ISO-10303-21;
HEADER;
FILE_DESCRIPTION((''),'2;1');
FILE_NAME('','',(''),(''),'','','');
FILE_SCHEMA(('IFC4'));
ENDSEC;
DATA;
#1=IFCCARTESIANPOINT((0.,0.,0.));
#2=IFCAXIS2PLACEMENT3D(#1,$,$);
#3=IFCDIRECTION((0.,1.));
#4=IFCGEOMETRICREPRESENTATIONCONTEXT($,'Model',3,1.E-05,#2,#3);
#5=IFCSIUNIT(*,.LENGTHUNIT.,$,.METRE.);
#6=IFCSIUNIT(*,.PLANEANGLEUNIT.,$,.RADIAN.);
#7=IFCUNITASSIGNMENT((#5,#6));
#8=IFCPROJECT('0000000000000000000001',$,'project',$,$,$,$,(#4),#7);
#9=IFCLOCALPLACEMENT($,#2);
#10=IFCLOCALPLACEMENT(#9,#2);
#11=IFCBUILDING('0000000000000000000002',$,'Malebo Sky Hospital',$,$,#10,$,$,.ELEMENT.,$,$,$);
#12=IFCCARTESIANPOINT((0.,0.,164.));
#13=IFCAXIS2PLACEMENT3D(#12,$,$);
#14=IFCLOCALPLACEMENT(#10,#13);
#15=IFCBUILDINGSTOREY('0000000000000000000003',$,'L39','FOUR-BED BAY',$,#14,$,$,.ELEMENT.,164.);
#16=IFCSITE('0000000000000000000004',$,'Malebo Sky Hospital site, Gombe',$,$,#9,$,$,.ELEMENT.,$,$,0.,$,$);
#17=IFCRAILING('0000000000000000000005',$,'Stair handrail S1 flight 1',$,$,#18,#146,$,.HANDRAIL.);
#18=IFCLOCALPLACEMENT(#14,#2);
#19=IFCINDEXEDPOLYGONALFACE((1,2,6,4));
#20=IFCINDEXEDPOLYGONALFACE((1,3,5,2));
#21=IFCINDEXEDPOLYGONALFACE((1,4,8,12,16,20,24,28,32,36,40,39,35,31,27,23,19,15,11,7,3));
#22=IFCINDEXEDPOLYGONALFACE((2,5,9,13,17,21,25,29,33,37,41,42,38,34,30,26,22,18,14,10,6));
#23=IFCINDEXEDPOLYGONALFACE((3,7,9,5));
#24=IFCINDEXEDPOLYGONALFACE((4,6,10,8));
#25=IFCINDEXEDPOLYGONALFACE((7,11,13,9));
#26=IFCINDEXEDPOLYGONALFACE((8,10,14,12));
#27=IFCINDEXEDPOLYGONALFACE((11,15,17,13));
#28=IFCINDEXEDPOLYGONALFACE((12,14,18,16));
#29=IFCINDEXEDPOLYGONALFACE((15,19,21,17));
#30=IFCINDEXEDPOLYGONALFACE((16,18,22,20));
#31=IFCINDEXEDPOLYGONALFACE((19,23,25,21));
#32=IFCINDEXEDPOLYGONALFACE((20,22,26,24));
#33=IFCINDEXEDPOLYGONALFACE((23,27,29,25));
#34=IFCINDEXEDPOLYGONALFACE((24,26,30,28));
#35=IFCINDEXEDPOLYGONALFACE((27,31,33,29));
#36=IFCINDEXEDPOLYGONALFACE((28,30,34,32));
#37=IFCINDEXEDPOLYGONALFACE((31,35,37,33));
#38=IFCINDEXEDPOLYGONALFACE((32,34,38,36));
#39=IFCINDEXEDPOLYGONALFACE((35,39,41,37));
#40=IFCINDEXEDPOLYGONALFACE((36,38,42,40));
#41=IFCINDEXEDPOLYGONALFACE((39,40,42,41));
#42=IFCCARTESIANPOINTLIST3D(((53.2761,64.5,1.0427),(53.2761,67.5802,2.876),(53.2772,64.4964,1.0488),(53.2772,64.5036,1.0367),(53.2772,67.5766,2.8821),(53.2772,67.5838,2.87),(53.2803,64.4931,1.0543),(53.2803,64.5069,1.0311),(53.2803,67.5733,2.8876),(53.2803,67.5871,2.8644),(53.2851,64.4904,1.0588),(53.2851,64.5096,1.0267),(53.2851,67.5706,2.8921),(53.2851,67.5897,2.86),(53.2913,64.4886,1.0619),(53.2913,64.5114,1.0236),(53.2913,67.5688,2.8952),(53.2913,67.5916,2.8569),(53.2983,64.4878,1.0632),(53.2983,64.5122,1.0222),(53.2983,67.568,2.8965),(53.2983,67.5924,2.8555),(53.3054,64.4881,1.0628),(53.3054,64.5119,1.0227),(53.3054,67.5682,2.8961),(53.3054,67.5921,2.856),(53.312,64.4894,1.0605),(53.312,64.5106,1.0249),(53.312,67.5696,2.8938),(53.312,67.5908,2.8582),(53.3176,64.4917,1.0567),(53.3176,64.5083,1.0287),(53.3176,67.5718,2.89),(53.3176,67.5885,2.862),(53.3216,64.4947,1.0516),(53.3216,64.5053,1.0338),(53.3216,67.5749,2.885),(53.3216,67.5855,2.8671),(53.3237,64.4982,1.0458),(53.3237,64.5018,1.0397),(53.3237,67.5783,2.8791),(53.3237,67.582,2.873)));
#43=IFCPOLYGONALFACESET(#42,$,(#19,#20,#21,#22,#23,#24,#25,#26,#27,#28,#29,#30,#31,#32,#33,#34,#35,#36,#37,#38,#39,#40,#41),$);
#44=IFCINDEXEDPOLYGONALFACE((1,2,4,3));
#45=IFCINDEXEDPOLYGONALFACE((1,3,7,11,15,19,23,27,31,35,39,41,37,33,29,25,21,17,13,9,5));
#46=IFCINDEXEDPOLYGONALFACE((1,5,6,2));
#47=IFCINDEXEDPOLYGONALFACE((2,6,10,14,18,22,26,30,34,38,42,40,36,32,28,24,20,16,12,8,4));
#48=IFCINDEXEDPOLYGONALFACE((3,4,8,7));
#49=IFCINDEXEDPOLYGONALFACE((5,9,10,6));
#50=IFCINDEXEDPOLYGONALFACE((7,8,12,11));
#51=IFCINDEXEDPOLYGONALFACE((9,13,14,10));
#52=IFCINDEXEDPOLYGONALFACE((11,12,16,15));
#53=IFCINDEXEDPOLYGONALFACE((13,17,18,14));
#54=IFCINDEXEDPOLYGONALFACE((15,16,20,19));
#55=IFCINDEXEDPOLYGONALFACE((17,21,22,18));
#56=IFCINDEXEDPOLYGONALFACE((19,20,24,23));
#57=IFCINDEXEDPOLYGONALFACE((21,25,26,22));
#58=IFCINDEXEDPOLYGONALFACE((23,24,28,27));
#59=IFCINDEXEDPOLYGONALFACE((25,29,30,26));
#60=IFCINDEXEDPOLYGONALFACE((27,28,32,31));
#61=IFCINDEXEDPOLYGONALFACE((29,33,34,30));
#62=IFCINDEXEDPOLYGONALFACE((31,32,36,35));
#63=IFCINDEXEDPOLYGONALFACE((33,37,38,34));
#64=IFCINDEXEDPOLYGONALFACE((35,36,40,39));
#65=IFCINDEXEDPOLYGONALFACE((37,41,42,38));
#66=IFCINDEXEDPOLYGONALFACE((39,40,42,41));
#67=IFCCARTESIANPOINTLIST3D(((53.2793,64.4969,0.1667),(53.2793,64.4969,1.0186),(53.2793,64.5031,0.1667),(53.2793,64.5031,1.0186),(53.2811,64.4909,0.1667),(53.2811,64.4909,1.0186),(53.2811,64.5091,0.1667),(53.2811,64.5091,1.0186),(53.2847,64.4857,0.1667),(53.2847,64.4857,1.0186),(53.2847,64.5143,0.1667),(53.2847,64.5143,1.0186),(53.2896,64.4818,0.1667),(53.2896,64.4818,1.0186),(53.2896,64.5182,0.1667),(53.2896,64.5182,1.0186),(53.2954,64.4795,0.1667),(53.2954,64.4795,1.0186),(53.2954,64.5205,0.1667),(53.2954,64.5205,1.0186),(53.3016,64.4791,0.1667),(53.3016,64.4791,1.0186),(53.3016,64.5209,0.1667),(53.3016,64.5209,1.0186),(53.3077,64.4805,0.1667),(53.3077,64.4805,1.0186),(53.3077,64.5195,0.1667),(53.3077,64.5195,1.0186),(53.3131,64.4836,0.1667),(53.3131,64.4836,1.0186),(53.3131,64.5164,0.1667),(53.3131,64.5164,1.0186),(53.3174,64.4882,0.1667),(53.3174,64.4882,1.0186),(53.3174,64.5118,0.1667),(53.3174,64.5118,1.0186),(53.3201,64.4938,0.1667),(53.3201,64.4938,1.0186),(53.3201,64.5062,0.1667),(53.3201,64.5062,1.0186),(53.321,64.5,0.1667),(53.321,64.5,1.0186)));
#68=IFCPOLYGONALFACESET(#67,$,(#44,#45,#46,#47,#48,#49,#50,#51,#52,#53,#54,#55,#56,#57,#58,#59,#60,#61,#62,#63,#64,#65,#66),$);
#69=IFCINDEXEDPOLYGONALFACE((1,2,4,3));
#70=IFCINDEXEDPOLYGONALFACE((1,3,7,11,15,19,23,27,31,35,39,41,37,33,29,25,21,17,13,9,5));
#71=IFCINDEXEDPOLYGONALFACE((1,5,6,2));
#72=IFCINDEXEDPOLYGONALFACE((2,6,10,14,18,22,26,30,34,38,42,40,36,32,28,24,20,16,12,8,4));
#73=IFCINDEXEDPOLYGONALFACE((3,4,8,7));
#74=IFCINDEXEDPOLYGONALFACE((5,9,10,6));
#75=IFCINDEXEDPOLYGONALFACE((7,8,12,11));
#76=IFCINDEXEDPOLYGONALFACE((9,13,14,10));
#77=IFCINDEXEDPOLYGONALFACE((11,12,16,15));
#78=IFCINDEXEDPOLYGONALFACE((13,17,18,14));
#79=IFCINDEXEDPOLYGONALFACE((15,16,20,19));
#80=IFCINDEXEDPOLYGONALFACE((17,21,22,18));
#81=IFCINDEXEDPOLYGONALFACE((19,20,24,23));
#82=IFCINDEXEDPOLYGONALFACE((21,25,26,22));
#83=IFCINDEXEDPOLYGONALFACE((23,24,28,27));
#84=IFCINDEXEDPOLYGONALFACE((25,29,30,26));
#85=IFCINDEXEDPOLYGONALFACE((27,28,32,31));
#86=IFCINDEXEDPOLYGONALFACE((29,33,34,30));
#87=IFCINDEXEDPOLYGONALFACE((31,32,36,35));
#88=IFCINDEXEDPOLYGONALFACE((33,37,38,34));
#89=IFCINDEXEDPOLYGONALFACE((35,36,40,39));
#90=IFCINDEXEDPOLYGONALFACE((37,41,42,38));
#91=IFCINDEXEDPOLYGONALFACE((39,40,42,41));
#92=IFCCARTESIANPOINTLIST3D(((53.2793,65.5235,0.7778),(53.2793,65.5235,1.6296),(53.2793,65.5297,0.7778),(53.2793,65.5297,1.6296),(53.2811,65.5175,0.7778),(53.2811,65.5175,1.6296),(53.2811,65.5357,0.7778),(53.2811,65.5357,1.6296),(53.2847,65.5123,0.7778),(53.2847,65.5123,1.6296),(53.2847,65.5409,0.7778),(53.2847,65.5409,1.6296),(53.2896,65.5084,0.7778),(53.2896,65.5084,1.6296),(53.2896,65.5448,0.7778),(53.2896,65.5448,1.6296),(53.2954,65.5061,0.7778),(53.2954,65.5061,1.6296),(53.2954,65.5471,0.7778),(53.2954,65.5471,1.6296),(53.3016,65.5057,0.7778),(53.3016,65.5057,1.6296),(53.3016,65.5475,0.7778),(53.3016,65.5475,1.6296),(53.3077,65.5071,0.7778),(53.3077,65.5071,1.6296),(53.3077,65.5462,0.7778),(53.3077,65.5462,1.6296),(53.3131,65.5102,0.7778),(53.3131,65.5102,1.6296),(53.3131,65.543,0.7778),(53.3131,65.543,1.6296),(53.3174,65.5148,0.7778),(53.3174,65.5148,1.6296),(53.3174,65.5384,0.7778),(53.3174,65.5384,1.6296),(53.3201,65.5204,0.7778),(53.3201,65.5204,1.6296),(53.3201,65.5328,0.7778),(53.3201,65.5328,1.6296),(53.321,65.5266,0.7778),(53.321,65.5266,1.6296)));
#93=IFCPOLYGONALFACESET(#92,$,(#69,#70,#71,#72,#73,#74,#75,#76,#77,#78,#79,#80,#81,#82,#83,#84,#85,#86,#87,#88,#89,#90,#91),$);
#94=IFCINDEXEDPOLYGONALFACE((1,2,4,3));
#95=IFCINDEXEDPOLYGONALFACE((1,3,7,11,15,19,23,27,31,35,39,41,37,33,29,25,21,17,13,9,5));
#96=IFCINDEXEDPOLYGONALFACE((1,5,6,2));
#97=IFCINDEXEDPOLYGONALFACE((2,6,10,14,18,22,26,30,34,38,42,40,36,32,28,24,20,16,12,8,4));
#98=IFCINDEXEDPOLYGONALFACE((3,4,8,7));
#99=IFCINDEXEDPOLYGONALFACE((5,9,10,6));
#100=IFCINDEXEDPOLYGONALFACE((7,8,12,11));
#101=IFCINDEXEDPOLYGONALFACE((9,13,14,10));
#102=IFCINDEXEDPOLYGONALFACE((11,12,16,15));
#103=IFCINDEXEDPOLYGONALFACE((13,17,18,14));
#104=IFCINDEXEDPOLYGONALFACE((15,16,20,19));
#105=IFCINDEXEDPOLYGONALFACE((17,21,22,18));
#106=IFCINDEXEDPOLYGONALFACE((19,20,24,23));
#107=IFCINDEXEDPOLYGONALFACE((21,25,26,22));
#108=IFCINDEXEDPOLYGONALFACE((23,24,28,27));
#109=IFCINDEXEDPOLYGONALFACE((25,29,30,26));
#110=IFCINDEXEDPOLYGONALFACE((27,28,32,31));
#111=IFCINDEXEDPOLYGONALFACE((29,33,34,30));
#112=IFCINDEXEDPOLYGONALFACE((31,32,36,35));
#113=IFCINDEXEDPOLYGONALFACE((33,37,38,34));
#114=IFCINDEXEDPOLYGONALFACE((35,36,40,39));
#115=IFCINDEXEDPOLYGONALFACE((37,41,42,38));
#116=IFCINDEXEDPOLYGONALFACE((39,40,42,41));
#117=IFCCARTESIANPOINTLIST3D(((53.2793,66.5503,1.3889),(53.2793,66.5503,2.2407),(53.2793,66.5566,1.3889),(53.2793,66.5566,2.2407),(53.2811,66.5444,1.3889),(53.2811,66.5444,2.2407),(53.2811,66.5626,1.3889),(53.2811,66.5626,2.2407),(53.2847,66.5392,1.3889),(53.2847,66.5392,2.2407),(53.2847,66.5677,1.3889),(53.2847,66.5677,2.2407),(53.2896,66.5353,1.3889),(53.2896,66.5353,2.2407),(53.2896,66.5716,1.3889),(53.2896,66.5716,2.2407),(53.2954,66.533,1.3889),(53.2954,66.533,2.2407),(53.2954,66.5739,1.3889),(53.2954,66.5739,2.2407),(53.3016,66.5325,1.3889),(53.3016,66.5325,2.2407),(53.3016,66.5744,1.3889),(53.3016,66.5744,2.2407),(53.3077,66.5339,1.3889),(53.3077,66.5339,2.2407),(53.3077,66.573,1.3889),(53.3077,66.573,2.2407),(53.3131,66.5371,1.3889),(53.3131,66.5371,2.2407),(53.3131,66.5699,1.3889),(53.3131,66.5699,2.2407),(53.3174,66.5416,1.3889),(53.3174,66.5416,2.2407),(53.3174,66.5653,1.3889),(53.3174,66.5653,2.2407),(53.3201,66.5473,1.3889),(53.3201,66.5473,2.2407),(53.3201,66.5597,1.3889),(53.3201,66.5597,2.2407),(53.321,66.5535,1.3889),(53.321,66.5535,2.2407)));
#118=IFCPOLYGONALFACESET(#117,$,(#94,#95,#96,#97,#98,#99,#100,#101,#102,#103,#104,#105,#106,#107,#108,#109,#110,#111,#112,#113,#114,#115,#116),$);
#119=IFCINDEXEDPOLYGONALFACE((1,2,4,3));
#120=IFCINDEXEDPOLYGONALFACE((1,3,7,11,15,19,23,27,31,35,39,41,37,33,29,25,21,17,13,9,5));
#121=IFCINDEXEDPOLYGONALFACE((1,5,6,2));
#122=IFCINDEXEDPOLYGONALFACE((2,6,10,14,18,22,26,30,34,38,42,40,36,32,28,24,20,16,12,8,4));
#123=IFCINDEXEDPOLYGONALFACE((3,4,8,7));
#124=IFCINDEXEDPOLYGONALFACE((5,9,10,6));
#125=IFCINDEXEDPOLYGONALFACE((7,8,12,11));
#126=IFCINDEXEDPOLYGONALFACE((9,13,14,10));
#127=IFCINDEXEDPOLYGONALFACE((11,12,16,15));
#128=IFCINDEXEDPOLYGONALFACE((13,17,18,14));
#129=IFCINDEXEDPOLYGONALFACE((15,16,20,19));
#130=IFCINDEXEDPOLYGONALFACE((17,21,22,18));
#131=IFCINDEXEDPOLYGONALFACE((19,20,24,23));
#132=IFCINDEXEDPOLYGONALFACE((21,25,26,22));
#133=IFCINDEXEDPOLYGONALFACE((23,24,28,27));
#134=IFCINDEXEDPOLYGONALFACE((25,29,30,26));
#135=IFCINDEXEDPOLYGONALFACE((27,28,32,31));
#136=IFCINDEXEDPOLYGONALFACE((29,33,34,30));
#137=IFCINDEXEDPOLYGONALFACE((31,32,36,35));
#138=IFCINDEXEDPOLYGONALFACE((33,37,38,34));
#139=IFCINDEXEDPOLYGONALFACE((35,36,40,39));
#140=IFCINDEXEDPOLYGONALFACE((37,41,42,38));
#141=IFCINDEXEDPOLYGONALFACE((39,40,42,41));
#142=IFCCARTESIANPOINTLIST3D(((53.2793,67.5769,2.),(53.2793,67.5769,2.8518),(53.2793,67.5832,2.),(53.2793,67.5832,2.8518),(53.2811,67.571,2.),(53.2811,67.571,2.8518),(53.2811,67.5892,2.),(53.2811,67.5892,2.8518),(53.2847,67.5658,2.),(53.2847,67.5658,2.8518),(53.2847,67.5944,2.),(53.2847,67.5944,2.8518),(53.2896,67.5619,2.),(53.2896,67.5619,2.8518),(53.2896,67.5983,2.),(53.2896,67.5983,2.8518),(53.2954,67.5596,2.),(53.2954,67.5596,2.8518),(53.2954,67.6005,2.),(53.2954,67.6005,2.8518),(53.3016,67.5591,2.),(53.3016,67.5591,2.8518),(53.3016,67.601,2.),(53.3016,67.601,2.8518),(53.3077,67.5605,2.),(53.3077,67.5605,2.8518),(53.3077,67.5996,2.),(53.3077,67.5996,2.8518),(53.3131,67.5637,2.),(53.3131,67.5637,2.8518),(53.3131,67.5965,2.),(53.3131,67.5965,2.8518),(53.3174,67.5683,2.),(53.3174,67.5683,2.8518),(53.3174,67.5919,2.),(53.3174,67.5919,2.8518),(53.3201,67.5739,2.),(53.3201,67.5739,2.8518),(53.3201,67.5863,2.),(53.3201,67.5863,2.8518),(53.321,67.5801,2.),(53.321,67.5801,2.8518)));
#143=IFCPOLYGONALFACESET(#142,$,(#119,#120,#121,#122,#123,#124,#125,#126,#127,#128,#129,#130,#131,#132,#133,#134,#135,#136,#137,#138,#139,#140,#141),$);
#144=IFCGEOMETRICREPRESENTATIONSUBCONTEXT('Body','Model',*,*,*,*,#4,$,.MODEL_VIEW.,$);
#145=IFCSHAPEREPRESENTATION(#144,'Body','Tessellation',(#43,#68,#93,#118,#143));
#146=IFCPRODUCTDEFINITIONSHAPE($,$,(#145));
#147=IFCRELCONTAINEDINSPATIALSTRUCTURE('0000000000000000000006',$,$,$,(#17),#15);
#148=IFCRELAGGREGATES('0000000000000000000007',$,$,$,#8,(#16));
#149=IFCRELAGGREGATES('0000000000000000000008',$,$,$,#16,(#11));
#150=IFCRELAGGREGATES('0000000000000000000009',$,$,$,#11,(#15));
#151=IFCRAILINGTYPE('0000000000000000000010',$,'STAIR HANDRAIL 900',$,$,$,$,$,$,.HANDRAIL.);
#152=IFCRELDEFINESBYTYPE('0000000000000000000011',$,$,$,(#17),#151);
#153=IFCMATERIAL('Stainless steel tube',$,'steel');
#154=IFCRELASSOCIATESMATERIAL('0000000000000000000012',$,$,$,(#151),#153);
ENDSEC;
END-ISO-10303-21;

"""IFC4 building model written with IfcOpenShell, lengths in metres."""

from ifc_helpers import new_model, si_unit, direction, frame, origin, origin_2d, place, context, subcontext, project, spatial, circle, extrude, material, type_object, element, save


model = new_model("IFC4")

# Units and contexts
model_context = context("Model", 3, precision=1e-05, world=origin(), true_north=direction((0.0, 1.0)))
body_context = subcontext(model_context, "Body", "Model", "MODEL_VIEW")
ifc_project = project(units=[si_unit("LENGTHUNIT", "METRE"), si_unit("PLANEANGLEUNIT", "RADIAN")], contexts=[model_context])

# Site, building, storey
site_placement = place(None, origin())
site = spatial("IfcSite", under=ifc_project, at=site_placement, Name="Malebo Sky Hospital site, Gombe", CompositionType="ELEMENT", RefElevation=0.0)
building_placement = place(site_placement, origin())
building = spatial("IfcBuilding", under=site, at=building_placement, Name="Malebo Sky Hospital", CompositionType="ELEMENT")
storey_placement = place(building_placement, frame((0.0, 0.0, 164.0)))
storey = spatial("IfcBuildingStorey", under=building, at=storey_placement, Name="L39", Description="FOUR-BED BAY", CompositionType="ELEMENT", Elevation=164.0)

# Railing
ifc_material_1 = material(Name="Stainless steel tube", Category="steel")
railing_type = type_object("IfcRailingType", Name="STAIR HANDRAIL 900", PredefinedType="HANDRAIL", material=ifc_material_1)
railing_1_placement = place(storey_placement, frame((53.3, 64.5, 0.1667)))
element("IfcRailing", 1, at=railing_1_placement, inside=storey, type_object=railing_type, Name="Stair handrail S1 flight 1", PredefinedType="HANDRAIL", context=body_context, shape_type="SweptSolid", body=[
    extrude(circle(Radius=0.0239, at=origin_2d()), frame((0.0, 0.0, 0.876), z_axis=(0.0, 0.859309, 0.511458), x_axis=(-1.0, 0.0, 0.0)), (0.0, 0.0, 1.0), 3.5845),
    extrude(circle(Radius=0.021, at=origin_2d()), origin(), (0.0, 0.0, 1.0), 0.8518),
    extrude(circle(Radius=0.021, at=origin_2d()), frame((0.0, 1.0266, 0.6111)), (0.0, 0.0, 1.0), 0.8518),
    extrude(circle(Radius=0.021, at=origin_2d()), frame((0.0, 2.0535, 1.2222)), (0.0, 0.0, 1.0), 0.8518),
    extrude(circle(Radius=0.021, at=origin_2d()), frame((0.0, 3.0801, 1.8333)), (0.0, 0.0, 1.0), 0.8518),
])

save(model, "model.ifc")
